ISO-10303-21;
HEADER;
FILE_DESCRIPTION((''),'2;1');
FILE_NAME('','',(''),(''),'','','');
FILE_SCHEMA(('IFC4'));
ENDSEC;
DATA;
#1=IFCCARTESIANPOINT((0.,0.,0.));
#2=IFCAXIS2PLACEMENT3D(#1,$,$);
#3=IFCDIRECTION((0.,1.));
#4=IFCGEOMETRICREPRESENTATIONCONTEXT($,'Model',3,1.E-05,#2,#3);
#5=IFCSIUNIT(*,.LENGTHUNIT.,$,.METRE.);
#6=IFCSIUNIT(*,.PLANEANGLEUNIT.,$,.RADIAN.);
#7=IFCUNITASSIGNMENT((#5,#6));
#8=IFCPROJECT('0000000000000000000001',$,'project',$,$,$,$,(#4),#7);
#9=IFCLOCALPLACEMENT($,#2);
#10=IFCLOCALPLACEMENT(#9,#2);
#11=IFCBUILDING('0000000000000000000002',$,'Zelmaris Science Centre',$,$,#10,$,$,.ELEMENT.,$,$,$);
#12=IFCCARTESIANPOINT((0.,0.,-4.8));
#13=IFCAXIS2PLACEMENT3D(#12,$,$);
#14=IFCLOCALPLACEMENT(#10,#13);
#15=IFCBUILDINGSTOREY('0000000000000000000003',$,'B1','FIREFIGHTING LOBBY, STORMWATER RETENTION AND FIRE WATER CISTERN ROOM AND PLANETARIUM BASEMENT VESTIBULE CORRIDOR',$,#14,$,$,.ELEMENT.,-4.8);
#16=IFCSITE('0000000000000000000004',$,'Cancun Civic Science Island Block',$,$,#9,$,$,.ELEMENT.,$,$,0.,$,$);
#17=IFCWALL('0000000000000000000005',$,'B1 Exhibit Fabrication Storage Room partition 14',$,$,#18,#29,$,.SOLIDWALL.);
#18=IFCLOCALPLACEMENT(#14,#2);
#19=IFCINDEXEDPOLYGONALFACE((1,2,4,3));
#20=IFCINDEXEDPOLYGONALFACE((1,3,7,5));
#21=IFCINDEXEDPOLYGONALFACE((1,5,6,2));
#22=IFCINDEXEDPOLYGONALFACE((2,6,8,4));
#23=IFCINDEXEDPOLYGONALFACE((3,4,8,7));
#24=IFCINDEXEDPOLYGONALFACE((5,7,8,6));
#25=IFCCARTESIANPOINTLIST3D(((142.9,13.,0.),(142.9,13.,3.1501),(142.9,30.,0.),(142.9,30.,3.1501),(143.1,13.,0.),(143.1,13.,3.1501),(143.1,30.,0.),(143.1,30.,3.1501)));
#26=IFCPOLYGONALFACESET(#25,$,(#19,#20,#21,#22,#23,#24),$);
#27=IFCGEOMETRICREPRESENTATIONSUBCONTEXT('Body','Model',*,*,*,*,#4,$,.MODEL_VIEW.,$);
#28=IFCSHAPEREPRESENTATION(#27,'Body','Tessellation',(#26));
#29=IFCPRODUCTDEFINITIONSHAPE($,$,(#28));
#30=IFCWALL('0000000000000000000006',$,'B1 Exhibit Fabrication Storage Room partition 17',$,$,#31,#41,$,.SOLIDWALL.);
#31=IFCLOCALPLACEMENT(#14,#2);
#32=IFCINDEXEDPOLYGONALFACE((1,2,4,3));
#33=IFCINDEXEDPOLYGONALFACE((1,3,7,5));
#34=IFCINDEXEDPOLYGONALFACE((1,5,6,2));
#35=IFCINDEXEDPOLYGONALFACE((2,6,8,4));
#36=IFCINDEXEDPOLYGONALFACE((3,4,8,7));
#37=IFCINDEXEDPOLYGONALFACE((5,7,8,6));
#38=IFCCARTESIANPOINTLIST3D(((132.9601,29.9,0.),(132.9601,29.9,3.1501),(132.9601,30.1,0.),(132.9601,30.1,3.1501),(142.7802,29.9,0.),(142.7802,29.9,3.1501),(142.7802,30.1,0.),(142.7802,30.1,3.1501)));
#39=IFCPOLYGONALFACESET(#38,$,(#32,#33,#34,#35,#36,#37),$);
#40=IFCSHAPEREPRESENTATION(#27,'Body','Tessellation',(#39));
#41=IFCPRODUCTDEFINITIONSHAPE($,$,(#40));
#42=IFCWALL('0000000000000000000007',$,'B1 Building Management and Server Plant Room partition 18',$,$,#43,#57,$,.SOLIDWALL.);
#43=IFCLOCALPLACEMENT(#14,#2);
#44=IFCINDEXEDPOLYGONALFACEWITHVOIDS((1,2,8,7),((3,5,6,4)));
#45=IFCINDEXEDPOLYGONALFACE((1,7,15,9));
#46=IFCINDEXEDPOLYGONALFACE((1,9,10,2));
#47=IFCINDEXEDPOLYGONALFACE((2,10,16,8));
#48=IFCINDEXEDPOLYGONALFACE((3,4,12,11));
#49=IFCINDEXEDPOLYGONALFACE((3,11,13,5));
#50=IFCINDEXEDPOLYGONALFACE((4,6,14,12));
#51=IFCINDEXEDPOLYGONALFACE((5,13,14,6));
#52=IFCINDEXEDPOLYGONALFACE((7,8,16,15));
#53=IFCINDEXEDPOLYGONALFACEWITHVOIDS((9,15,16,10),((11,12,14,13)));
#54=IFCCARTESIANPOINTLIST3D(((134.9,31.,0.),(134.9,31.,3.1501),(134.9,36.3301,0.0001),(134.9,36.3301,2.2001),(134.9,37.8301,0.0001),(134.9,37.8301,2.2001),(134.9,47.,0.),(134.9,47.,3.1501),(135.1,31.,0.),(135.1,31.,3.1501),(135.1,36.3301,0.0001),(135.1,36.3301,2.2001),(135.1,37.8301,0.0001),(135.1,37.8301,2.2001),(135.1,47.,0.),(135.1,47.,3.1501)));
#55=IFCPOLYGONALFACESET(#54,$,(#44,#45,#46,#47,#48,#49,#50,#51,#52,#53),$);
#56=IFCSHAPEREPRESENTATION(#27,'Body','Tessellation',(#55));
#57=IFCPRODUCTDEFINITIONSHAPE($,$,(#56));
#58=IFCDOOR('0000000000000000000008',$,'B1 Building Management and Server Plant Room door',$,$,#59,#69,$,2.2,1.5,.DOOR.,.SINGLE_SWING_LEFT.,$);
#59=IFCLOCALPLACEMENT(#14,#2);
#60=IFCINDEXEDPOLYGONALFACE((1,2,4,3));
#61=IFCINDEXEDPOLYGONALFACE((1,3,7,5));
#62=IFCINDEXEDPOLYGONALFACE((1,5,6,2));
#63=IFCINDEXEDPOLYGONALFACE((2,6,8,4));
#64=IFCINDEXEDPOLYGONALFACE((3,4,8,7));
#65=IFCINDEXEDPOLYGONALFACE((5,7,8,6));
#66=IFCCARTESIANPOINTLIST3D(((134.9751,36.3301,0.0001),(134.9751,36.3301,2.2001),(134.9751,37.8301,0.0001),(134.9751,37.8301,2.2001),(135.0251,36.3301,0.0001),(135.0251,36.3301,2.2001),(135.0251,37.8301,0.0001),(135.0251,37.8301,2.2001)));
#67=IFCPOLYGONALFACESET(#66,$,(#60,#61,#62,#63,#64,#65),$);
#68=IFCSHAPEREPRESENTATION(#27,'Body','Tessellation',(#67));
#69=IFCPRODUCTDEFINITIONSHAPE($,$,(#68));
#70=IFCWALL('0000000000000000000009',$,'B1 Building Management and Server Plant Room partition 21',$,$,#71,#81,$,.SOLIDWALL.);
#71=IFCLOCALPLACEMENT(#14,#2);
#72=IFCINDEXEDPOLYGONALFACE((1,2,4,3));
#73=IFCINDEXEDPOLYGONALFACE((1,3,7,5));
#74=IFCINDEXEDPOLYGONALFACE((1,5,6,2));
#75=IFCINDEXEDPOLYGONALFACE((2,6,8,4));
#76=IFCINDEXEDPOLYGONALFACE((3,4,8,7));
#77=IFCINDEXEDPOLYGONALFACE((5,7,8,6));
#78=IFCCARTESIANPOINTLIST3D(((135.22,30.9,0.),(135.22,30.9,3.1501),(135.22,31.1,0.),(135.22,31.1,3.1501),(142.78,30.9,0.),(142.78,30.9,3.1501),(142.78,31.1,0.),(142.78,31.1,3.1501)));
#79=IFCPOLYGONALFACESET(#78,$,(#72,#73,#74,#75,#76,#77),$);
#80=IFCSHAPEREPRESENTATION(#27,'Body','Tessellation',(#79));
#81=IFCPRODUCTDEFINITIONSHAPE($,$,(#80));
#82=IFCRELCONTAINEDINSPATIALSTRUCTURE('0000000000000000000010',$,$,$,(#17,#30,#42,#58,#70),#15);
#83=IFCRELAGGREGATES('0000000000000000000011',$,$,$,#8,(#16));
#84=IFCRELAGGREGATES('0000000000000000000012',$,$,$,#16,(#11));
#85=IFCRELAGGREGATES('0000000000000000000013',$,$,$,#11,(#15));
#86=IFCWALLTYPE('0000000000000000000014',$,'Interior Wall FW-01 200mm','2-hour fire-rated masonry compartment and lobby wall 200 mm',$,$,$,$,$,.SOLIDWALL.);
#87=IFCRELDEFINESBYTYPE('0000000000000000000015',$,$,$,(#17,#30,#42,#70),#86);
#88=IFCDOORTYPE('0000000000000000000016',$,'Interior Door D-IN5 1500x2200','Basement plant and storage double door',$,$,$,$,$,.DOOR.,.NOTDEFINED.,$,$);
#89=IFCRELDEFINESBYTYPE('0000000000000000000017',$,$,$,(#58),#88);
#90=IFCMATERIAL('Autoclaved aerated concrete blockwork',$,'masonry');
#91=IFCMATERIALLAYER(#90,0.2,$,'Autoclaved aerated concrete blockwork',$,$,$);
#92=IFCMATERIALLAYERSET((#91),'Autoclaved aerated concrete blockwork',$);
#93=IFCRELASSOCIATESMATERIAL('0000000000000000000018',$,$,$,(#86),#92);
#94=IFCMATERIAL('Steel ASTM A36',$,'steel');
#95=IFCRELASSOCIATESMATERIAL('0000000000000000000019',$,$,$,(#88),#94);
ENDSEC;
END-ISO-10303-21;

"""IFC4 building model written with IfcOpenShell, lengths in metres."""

from ifc_helpers import new_model, si_unit, direction, frame, frame_2d, origin, place, context, subcontext, project, spatial, rectangle, extrude, material, layer, layer_set, type_object, element, fill, save


model = new_model("IFC4")

# Units and contexts
model_context = context("Model", 3, precision=1e-05, world=origin(), true_north=direction((0.0, 1.0)))
body_context = subcontext(model_context, "Body", "Model", "MODEL_VIEW")
ifc_project = project(units=[si_unit("LENGTHUNIT", "METRE"), si_unit("PLANEANGLEUNIT", "RADIAN")], contexts=[model_context])

# Site, building, storey
site_placement = place(None, origin())
site = spatial("IfcSite", under=ifc_project, at=site_placement, Name="Cancun Civic Science Island Block", CompositionType="ELEMENT", RefElevation=0.0)
building_placement = place(site_placement, origin())
building = spatial("IfcBuilding", under=site, at=building_placement, Name="Zelmaris Science Centre", CompositionType="ELEMENT")
storey_placement = place(building_placement, frame((0.0, 0.0, -4.8)))
storey = spatial("IfcBuildingStorey", under=building, at=storey_placement, Name="B1", Description="FIREFIGHTING LOBBY, STORMWATER RETENTION AND FIRE WATER CISTERN ROOM AND PLANETARIUM BASEMENT VESTIBULE CORRIDOR", CompositionType="ELEMENT", Elevation=-4.8)

# Shared definitions
ifc_material_1 = material(Name="Steel ASTM A36", Category="steel")

# Walls
ifc_material_2 = material(Name="Autoclaved aerated concrete blockwork", Category="masonry")
ifc_layer_1 = layer(ifc_material_2, 0.2, Name="Autoclaved aerated concrete blockwork")
ifc_layer_set_1 = layer_set([ifc_layer_1], Name="Autoclaved aerated concrete blockwork")
wall_type_1 = type_object("IfcWallType", Name="Interior Wall FW-01 200mm", Description="2-hour fire-rated masonry compartment and lobby wall 200 mm", PredefinedType="SOLIDWALL", material=ifc_layer_set_1)
wall_1_placement = place(storey_placement, frame((143.0, 30.0, 0.0), z_axis=(0.0, 0.0, 1.0), x_axis=(0.0, -1.0, 0.0)))
element("IfcWall", 1, at=wall_1_placement, inside=storey, type_object=wall_type_1, Name="B1 Exhibit Fabrication Storage Room partition 14", PredefinedType="SOLIDWALL", context=body_context, shape_type="SweptSolid", body=[
    extrude(rectangle(XDim=17.0, YDim=0.2, at=frame_2d((8.5, 0.0))), origin(), (0.0, 0.0, 1.0), 3.1501),
])
wall_2_placement = place(storey_placement, frame((132.96, 30.0, 0.0), z_axis=(0.0, 0.0, 1.0), x_axis=(1.0, 0.0, 0.0)))
element("IfcWall", 2, at=wall_2_placement, inside=storey, type_object=wall_type_1, Name="B1 Exhibit Fabrication Storage Room partition 17", PredefinedType="SOLIDWALL", context=body_context, shape_type="SweptSolid", body=[
    extrude(rectangle(XDim=9.8201, YDim=0.2, at=frame_2d((4.9102, 0.0))), origin(), (0.0, 0.0, 1.0), 3.1501),
])

# Wall, opening, door
wall_3_placement = place(storey_placement, frame((135.0, 31.0, 0.0), z_axis=(0.0, 0.0, 1.0), x_axis=(0.0, 1.0, 0.0)))
wall_3 = element("IfcWall", 3, at=wall_3_placement, inside=storey, type_object=wall_type_1, Name="B1 Building Management and Server Plant Room partition 18", PredefinedType="SOLIDWALL", context=body_context, shape_type="SweptSolid", body=[
    extrude(rectangle(XDim=16.0, YDim=0.2, at=frame_2d((8.0, 0.0))), origin(), (0.0, 0.0, 1.0), 3.1501),
])
opening_1_placement = place(wall_3_placement, frame((5.3301, 0.0, 0.0)))
opening_1 = element("IfcOpeningElement", 4, at=opening_1_placement, cuts=wall_3, PredefinedType="OPENING", context=body_context, shape_type="SweptSolid", body=[
    extrude(rectangle(XDim=1.5, YDim=2.2, at=frame_2d((0.75, 1.1001))), frame((0.0, 0.1099, 0.0), z_axis=(0.0, -1.0, 0.0), x_axis=(1.0, 0.0, 0.0)), (0.0, 0.0, 1.0), 0.22),
])
door_type_1 = type_object("IfcDoorType", Name="Interior Door D-IN5 1500x2200", Description="Basement plant and storage double door", OperationType="NOTDEFINED", PredefinedType="DOOR", material=ifc_material_1)
door_1_placement = place(opening_1_placement, origin())
door_1 = element("IfcDoor", 5, at=door_1_placement, inside=storey, type_object=door_type_1, Name="B1 Building Management and Server Plant Room door", OperationType="SINGLE_SWING_LEFT", OverallHeight=2.2, OverallWidth=1.5, PredefinedType="DOOR", context=body_context, shape_type="SweptSolid", body=[
    extrude(rectangle(XDim=1.5, YDim=2.2, at=frame_2d((0.75, 1.1001))), frame((0.0, 0.0249, 0.0), z_axis=(0.0, -1.0, 0.0), x_axis=(1.0, 0.0, 0.0)), (0.0, 0.0, 1.0), 0.05),
])
fill(opening_1, door_1)

# Wall
wall_4_placement = place(storey_placement, frame((142.78, 31.0, 0.0), z_axis=(0.0, 0.0, 1.0), x_axis=(-1.0, 0.0, 0.0)))
element("IfcWall", 6, at=wall_4_placement, inside=storey, type_object=wall_type_1, Name="B1 Building Management and Server Plant Room partition 21", PredefinedType="SOLIDWALL", context=body_context, shape_type="SweptSolid", body=[
    extrude(rectangle(XDim=7.5601, YDim=0.2, at=frame_2d((3.78, 0.0))), origin(), (0.0, 0.0, 1.0), 3.1501),
])

save(model, "model.ifc")
